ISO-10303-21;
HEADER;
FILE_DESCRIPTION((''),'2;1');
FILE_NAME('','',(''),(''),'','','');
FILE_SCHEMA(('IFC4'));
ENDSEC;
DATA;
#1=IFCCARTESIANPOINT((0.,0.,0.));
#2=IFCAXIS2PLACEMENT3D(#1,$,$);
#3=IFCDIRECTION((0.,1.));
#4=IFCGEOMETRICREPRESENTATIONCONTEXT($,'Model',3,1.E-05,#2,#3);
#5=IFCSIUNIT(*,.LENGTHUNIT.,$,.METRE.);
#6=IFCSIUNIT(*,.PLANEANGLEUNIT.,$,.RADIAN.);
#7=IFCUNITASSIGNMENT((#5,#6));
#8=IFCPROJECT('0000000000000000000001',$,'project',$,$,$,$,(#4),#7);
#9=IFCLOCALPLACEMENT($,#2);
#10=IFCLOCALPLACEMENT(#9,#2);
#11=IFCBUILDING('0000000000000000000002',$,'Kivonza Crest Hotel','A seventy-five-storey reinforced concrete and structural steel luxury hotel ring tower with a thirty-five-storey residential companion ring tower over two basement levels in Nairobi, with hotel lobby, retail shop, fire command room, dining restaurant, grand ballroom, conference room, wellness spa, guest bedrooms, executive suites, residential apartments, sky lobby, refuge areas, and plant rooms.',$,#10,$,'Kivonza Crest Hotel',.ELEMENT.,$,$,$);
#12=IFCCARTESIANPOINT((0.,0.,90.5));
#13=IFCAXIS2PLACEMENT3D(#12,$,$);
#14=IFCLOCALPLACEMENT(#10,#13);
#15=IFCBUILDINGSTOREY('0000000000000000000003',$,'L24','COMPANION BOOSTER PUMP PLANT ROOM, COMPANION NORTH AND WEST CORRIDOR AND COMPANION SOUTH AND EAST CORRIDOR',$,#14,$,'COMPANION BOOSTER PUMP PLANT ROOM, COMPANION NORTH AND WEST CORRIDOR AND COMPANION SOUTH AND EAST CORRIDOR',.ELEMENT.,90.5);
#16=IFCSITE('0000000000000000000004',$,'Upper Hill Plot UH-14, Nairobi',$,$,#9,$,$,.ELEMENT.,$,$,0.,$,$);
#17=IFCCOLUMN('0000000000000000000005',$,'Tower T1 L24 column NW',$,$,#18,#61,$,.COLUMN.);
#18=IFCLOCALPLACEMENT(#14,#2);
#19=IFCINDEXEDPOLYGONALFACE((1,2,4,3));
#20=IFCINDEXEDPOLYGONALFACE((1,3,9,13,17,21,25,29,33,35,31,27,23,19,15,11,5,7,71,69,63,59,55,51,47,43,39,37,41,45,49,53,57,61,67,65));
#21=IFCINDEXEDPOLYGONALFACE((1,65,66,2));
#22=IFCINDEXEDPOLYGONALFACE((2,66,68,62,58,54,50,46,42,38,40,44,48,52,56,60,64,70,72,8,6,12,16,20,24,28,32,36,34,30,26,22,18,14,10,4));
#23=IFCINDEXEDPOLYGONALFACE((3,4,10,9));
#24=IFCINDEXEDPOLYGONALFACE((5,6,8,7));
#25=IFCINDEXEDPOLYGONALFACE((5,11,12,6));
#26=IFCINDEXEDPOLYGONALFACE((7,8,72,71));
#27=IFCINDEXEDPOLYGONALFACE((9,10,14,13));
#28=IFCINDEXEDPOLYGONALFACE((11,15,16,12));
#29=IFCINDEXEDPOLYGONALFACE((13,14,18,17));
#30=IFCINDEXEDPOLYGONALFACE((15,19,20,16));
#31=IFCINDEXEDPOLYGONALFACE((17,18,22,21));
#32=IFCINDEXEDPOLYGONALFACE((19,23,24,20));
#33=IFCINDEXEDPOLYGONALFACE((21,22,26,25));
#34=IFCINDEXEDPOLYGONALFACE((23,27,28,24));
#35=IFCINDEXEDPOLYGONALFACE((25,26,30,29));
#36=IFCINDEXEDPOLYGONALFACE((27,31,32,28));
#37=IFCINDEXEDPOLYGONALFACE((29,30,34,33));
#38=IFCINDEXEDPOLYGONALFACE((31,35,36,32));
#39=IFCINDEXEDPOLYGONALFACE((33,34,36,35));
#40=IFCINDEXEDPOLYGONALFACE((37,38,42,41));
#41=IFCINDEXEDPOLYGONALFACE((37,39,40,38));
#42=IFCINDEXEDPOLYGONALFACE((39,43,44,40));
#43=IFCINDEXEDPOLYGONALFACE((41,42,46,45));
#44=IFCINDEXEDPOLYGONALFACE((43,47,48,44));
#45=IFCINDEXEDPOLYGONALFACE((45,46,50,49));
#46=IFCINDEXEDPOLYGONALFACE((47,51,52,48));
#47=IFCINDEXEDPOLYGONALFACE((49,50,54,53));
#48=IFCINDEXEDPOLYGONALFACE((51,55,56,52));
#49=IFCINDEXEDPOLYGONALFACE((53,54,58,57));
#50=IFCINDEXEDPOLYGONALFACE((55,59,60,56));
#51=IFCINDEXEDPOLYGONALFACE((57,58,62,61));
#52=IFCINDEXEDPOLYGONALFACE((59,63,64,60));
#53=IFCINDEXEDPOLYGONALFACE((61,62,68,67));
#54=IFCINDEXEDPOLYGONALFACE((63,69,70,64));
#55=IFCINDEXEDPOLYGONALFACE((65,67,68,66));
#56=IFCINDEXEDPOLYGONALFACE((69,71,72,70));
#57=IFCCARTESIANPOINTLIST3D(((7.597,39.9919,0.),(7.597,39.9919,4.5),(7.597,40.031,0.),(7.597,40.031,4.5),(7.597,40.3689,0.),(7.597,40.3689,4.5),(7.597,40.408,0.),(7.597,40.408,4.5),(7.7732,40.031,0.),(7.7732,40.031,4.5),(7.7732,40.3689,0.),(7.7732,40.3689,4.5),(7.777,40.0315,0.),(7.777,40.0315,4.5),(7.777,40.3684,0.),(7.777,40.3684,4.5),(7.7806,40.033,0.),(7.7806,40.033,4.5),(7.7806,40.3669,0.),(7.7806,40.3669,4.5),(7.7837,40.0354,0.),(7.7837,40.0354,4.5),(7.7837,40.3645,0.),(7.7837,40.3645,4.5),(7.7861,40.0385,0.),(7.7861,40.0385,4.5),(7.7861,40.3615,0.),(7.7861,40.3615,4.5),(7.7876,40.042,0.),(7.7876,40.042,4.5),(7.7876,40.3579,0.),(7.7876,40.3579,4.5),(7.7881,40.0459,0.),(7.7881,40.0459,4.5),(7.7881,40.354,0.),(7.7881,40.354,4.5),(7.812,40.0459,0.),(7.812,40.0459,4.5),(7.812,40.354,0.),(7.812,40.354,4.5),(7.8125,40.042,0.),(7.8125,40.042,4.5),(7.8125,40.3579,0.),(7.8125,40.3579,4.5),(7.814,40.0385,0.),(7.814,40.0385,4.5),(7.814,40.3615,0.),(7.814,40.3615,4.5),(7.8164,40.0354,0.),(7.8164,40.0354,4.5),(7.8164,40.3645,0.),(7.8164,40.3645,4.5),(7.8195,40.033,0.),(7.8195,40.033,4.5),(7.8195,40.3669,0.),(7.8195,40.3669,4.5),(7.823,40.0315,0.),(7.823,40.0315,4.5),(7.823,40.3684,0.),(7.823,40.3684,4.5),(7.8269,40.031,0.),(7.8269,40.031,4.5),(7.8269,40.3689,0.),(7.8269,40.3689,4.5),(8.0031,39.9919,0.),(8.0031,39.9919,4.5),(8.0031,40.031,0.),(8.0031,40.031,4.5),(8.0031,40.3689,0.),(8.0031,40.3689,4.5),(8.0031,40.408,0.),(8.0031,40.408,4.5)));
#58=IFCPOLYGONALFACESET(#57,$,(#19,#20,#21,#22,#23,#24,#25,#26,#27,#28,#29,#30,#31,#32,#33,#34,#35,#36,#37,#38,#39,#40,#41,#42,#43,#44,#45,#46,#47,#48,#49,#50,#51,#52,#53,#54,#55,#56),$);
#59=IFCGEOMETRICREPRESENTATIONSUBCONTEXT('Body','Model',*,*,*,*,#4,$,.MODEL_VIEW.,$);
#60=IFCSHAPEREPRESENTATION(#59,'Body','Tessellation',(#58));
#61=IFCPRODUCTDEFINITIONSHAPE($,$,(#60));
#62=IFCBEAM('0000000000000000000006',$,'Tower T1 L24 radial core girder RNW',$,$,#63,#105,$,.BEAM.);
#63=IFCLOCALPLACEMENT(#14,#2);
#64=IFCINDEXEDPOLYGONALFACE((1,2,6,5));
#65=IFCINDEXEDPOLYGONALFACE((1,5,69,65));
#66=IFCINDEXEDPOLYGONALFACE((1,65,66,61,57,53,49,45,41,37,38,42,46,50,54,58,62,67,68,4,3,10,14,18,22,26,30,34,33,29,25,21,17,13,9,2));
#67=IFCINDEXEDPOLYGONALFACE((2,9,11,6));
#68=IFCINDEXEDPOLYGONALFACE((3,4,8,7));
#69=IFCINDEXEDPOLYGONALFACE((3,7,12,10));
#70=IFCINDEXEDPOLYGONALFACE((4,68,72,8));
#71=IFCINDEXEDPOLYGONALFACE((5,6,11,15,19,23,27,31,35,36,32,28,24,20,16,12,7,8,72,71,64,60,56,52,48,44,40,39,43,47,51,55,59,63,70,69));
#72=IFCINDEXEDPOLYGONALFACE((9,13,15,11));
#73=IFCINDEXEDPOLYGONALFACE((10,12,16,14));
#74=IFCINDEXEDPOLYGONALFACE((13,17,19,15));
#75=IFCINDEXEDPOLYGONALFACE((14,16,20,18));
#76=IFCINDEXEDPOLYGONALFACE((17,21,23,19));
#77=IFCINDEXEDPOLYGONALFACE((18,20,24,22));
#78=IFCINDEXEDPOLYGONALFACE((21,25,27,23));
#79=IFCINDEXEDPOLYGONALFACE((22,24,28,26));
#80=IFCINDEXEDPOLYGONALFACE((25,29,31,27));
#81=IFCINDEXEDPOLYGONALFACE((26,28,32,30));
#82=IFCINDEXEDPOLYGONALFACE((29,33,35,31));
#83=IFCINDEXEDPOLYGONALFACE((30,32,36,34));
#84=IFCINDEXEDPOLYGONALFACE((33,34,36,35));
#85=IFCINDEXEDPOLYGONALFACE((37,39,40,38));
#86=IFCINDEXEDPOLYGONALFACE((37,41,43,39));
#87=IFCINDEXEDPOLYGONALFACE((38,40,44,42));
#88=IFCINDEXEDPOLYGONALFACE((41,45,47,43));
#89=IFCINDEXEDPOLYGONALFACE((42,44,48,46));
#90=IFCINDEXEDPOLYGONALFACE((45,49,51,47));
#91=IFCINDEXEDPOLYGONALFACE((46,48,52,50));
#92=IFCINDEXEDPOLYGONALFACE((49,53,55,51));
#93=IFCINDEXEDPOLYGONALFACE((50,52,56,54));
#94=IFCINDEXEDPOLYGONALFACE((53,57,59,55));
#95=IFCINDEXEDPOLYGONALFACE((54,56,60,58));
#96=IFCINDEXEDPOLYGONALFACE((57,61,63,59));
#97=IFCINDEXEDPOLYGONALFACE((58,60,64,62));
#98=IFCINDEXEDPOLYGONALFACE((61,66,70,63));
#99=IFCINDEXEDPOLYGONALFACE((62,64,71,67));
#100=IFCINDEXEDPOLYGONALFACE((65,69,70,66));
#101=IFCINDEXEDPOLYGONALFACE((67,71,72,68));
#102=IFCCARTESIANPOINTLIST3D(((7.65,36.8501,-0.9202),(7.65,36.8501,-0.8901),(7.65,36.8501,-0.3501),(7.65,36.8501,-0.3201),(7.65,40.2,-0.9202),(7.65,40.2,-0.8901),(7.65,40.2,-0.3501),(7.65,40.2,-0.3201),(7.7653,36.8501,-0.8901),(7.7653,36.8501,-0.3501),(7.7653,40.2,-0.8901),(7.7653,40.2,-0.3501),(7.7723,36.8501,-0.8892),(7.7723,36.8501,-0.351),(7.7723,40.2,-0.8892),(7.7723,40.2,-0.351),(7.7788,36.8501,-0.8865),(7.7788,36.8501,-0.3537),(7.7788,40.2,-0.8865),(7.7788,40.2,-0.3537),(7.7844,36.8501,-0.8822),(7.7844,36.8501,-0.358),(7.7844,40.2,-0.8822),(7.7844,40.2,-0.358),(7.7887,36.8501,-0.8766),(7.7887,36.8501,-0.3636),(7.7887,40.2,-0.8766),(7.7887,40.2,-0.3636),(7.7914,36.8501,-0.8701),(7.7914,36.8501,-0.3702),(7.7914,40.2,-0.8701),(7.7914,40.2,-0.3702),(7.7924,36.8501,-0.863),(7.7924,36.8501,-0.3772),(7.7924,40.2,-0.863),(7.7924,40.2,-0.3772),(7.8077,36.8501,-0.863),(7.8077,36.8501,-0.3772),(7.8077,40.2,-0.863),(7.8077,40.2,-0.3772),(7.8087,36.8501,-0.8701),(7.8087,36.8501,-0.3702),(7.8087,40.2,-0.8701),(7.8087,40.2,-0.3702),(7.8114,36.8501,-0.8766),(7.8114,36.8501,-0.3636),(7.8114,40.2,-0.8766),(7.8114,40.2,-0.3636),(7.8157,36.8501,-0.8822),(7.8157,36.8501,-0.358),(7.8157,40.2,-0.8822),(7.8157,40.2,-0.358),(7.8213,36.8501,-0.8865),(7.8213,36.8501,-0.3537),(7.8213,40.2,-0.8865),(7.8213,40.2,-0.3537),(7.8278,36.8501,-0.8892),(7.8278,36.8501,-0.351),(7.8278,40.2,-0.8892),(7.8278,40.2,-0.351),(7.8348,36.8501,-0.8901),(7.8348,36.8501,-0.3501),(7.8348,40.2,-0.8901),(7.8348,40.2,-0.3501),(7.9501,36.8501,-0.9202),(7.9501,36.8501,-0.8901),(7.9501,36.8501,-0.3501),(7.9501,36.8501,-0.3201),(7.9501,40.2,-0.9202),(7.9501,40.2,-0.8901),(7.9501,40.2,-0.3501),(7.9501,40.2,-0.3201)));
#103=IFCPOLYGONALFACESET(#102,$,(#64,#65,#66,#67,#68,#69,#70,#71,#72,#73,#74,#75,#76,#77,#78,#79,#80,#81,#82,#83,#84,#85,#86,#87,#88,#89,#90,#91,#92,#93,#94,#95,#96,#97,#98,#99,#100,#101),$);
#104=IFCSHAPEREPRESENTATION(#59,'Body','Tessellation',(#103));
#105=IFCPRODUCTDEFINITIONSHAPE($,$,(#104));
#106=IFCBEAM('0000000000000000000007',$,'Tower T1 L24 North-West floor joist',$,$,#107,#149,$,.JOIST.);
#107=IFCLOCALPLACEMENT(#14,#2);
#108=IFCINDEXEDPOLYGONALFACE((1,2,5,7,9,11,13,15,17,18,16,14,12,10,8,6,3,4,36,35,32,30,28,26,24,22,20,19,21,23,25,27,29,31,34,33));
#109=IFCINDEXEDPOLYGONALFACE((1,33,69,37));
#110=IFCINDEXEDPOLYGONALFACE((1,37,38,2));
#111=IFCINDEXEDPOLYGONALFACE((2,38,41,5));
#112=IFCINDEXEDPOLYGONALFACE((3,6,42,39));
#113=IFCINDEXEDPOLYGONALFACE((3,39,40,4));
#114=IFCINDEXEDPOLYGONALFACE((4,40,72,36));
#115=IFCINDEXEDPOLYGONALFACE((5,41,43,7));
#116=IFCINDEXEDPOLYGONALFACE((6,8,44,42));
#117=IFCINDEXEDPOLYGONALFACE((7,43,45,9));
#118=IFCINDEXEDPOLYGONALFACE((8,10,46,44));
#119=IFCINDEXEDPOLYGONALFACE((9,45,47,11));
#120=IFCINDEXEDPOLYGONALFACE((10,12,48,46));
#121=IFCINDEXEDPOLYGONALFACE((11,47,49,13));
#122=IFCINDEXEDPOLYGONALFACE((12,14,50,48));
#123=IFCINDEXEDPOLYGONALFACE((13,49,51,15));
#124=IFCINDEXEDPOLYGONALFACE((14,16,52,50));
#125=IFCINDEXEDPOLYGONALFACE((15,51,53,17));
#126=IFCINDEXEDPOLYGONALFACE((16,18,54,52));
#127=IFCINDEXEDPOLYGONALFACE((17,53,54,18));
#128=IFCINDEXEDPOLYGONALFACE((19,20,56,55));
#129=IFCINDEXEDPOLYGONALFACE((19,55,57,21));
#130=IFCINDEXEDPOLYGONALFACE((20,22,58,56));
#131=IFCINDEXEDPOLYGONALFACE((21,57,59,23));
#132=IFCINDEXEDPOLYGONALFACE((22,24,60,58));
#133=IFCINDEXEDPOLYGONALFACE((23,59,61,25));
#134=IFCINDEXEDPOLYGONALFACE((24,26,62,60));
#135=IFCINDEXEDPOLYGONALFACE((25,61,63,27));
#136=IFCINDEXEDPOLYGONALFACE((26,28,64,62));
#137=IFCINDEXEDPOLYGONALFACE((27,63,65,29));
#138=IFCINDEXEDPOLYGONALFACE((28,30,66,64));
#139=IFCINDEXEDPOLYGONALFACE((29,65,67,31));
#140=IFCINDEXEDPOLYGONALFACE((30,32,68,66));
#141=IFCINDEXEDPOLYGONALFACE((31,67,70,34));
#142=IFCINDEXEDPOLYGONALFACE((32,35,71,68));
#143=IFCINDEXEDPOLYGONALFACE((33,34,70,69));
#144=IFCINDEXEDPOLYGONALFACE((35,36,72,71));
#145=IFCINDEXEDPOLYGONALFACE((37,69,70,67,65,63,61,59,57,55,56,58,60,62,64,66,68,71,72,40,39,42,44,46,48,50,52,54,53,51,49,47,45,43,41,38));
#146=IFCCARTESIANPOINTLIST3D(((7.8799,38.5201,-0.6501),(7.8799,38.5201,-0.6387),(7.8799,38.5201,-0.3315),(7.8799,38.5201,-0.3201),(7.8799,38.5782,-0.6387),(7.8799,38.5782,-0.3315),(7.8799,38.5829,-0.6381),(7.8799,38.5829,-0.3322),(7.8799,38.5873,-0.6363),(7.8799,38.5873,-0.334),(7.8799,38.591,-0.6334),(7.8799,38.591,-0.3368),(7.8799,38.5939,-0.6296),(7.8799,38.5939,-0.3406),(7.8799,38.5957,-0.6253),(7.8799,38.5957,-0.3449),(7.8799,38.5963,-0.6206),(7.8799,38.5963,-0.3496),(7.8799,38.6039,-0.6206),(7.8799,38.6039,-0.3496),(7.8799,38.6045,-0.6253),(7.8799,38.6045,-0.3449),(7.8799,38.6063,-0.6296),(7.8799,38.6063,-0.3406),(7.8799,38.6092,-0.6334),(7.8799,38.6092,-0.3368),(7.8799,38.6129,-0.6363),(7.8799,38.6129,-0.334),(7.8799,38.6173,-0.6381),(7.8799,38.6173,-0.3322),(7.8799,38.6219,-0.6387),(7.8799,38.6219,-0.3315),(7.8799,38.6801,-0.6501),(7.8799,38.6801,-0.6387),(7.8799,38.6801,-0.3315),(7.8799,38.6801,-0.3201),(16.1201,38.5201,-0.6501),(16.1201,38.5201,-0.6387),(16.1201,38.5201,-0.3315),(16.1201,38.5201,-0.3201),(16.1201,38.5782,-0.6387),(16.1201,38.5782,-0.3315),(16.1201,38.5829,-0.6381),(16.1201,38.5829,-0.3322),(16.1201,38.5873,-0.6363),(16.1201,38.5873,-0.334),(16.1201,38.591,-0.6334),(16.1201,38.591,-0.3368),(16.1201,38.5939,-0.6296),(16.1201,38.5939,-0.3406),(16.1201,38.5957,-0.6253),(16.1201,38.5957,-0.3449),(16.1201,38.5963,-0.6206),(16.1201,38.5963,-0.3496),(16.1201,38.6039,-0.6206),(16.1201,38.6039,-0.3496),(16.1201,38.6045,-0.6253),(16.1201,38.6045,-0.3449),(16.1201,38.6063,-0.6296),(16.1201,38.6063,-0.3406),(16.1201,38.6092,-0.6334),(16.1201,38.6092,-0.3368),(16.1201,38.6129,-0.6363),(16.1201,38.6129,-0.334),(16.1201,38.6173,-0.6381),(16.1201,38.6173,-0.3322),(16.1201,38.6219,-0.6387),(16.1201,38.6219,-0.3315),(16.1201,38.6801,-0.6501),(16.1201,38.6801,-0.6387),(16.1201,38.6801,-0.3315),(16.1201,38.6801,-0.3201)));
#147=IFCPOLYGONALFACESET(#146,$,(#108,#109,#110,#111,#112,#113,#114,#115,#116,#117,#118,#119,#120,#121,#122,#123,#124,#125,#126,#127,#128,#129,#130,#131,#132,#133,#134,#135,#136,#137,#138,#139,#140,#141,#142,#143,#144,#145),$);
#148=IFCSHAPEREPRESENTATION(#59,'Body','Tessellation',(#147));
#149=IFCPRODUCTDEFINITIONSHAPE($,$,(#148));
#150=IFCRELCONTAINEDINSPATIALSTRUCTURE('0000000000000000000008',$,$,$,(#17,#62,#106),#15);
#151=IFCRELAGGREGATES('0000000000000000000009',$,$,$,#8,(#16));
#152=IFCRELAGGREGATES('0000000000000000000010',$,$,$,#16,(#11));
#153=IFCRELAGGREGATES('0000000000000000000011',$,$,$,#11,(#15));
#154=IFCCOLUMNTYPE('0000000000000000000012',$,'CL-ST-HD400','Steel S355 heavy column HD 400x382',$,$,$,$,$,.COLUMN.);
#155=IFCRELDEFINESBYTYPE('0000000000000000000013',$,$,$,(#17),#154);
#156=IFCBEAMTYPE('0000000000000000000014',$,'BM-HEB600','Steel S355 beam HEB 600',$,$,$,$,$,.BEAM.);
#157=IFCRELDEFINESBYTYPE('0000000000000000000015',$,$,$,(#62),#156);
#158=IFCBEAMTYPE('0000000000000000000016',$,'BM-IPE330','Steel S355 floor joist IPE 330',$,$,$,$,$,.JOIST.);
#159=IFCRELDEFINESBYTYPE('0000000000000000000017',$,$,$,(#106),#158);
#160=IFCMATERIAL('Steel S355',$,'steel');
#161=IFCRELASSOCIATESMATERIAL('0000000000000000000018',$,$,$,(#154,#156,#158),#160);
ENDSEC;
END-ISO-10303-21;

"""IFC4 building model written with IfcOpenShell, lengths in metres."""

from ifc_helpers import new_model, si_unit, direction, frame, origin, origin_2d, place, context, subcontext, project, spatial, i_section, extrude, material, material_profile, profile_set, type_object, element, save


model = new_model("IFC4")

# Units and contexts
model_context = context("Model", 3, precision=1e-05, world=origin(), true_north=direction((0.0, 1.0)))
body_context = subcontext(model_context, "Body", "Model", "MODEL_VIEW")
ifc_project = project(units=[si_unit("LENGTHUNIT", "METRE"), si_unit("PLANEANGLEUNIT", "RADIAN")], contexts=[model_context])

# Site, building, storey
site_placement = place(None, origin())
site = spatial("IfcSite", under=ifc_project, at=site_placement, Name="Upper Hill Plot UH-14, Nairobi", CompositionType="ELEMENT", RefElevation=0.0)
building_placement = place(site_placement, origin())
building = spatial("IfcBuilding", under=site, at=building_placement, Name="Kivonza Crest Hotel", Description="A seventy-five-storey reinforced concrete and structural steel luxury hotel ring tower with a thirty-five-storey residential companion ring tower over two basement levels in Nairobi, with hotel lobby, retail shop, fire command room, dining restaurant, grand ballroom, conference room, wellness spa, guest bedrooms, executive suites, residential apartments, sky lobby, refuge areas, and plant rooms.", LongName="Kivonza Crest Hotel", CompositionType="ELEMENT")
storey_placement = place(building_placement, frame((0.0, 0.0, 90.5)))
storey = spatial("IfcBuildingStorey", under=building, at=storey_placement, Name="L24", Description="COMPANION BOOSTER PUMP PLANT ROOM, COMPANION NORTH AND WEST CORRIDOR AND COMPANION SOUTH AND EAST CORRIDOR", LongName="COMPANION BOOSTER PUMP PLANT ROOM, COMPANION NORTH AND WEST CORRIDOR AND COMPANION SOUTH AND EAST CORRIDOR", CompositionType="ELEMENT", Elevation=90.5)

# Column
ifc_material_1 = material(Name="Steel S355", Category="steel")
ifc_material_profile_1 = material_profile(ifc_material_1, i_section(OverallWidth=0.406, OverallDepth=0.416, WebThickness=0.0239, FlangeThickness=0.0391, FilletRadius=0.0149, at=origin_2d()), Name="HD 400x382")
ifc_profile_set_1 = profile_set([ifc_material_profile_1], Name="Steel S355")
column_type = type_object("IfcColumnType", Name="CL-ST-HD400", Description="Steel S355 heavy column HD 400x382", PredefinedType="COLUMN", material=ifc_profile_set_1)
column_placement = place(storey_placement, frame((7.8, 40.2, 0.0), z_axis=(0.0, 0.0, 1.0), x_axis=(1.0, 0.0, 0.0)))
element("IfcColumn", 1, at=column_placement, inside=storey, type_object=column_type, Name="Tower T1 L24 column NW", PredefinedType="COLUMN", context=body_context, shape_type="SweptSolid", body=[
    extrude(i_section(OverallWidth=0.406, OverallDepth=0.416, WebThickness=0.0239, FlangeThickness=0.0391, FilletRadius=0.0149, at=origin_2d()), origin(), (0.0, 0.0, 1.0), 4.5),
])

# Beams
ifc_material_profile_2 = material_profile(ifc_material_1, i_section(OverallWidth=0.3, OverallDepth=0.6001, WebThickness=0.0154, FlangeThickness=0.03, FilletRadius=0.0271, at=origin_2d()), Name="HEB 600")
ifc_profile_set_2 = profile_set([ifc_material_profile_2], Name="Steel S355")
beam_type_1 = type_object("IfcBeamType", Name="BM-HEB600", Description="Steel S355 beam HEB 600", PredefinedType="BEAM", material=ifc_profile_set_2)
beam_1_placement = place(storey_placement, frame((7.8, 40.2, -0.6201), z_axis=(0.0, -1.0, 0.0), x_axis=(1.0, 0.0, 0.0)))
element("IfcBeam", 2, at=beam_1_placement, inside=storey, type_object=beam_type_1, Name="Tower T1 L24 radial core girder RNW", PredefinedType="BEAM", context=body_context, shape_type="SweptSolid", body=[
    extrude(i_section(OverallWidth=0.3, OverallDepth=0.6001, WebThickness=0.0154, FlangeThickness=0.03, FilletRadius=0.0271, at=origin_2d()), origin(), (0.0, 0.0, 1.0), 3.3499),
])
ifc_material_profile_3 = material_profile(ifc_material_1, i_section(OverallWidth=0.1599, OverallDepth=0.3301, WebThickness=0.0076, FlangeThickness=0.0115, FilletRadius=0.0181, at=origin_2d()), Name="IPE 330")
ifc_profile_set_3 = profile_set([ifc_material_profile_3], Name="Steel S355")
beam_type_2 = type_object("IfcBeamType", Name="BM-IPE330", Description="Steel S355 floor joist IPE 330", PredefinedType="JOIST", material=ifc_profile_set_3)
beam_2_placement = place(storey_placement, frame((7.8799, 38.6001, -0.4851), z_axis=(1.0, 0.0, 0.0), x_axis=(0.0, 1.0, 0.0)))
element("IfcBeam", 3, at=beam_2_placement, inside=storey, type_object=beam_type_2, Name="Tower T1 L24 North-West floor joist", PredefinedType="JOIST", context=body_context, shape_type="SweptSolid", body=[
    extrude(i_section(OverallWidth=0.1599, OverallDepth=0.3301, WebThickness=0.0076, FlangeThickness=0.0115, FilletRadius=0.0181, at=origin_2d()), origin(), (0.0, 0.0, 1.0), 8.2402),
])

save(model, "model.ifc")
